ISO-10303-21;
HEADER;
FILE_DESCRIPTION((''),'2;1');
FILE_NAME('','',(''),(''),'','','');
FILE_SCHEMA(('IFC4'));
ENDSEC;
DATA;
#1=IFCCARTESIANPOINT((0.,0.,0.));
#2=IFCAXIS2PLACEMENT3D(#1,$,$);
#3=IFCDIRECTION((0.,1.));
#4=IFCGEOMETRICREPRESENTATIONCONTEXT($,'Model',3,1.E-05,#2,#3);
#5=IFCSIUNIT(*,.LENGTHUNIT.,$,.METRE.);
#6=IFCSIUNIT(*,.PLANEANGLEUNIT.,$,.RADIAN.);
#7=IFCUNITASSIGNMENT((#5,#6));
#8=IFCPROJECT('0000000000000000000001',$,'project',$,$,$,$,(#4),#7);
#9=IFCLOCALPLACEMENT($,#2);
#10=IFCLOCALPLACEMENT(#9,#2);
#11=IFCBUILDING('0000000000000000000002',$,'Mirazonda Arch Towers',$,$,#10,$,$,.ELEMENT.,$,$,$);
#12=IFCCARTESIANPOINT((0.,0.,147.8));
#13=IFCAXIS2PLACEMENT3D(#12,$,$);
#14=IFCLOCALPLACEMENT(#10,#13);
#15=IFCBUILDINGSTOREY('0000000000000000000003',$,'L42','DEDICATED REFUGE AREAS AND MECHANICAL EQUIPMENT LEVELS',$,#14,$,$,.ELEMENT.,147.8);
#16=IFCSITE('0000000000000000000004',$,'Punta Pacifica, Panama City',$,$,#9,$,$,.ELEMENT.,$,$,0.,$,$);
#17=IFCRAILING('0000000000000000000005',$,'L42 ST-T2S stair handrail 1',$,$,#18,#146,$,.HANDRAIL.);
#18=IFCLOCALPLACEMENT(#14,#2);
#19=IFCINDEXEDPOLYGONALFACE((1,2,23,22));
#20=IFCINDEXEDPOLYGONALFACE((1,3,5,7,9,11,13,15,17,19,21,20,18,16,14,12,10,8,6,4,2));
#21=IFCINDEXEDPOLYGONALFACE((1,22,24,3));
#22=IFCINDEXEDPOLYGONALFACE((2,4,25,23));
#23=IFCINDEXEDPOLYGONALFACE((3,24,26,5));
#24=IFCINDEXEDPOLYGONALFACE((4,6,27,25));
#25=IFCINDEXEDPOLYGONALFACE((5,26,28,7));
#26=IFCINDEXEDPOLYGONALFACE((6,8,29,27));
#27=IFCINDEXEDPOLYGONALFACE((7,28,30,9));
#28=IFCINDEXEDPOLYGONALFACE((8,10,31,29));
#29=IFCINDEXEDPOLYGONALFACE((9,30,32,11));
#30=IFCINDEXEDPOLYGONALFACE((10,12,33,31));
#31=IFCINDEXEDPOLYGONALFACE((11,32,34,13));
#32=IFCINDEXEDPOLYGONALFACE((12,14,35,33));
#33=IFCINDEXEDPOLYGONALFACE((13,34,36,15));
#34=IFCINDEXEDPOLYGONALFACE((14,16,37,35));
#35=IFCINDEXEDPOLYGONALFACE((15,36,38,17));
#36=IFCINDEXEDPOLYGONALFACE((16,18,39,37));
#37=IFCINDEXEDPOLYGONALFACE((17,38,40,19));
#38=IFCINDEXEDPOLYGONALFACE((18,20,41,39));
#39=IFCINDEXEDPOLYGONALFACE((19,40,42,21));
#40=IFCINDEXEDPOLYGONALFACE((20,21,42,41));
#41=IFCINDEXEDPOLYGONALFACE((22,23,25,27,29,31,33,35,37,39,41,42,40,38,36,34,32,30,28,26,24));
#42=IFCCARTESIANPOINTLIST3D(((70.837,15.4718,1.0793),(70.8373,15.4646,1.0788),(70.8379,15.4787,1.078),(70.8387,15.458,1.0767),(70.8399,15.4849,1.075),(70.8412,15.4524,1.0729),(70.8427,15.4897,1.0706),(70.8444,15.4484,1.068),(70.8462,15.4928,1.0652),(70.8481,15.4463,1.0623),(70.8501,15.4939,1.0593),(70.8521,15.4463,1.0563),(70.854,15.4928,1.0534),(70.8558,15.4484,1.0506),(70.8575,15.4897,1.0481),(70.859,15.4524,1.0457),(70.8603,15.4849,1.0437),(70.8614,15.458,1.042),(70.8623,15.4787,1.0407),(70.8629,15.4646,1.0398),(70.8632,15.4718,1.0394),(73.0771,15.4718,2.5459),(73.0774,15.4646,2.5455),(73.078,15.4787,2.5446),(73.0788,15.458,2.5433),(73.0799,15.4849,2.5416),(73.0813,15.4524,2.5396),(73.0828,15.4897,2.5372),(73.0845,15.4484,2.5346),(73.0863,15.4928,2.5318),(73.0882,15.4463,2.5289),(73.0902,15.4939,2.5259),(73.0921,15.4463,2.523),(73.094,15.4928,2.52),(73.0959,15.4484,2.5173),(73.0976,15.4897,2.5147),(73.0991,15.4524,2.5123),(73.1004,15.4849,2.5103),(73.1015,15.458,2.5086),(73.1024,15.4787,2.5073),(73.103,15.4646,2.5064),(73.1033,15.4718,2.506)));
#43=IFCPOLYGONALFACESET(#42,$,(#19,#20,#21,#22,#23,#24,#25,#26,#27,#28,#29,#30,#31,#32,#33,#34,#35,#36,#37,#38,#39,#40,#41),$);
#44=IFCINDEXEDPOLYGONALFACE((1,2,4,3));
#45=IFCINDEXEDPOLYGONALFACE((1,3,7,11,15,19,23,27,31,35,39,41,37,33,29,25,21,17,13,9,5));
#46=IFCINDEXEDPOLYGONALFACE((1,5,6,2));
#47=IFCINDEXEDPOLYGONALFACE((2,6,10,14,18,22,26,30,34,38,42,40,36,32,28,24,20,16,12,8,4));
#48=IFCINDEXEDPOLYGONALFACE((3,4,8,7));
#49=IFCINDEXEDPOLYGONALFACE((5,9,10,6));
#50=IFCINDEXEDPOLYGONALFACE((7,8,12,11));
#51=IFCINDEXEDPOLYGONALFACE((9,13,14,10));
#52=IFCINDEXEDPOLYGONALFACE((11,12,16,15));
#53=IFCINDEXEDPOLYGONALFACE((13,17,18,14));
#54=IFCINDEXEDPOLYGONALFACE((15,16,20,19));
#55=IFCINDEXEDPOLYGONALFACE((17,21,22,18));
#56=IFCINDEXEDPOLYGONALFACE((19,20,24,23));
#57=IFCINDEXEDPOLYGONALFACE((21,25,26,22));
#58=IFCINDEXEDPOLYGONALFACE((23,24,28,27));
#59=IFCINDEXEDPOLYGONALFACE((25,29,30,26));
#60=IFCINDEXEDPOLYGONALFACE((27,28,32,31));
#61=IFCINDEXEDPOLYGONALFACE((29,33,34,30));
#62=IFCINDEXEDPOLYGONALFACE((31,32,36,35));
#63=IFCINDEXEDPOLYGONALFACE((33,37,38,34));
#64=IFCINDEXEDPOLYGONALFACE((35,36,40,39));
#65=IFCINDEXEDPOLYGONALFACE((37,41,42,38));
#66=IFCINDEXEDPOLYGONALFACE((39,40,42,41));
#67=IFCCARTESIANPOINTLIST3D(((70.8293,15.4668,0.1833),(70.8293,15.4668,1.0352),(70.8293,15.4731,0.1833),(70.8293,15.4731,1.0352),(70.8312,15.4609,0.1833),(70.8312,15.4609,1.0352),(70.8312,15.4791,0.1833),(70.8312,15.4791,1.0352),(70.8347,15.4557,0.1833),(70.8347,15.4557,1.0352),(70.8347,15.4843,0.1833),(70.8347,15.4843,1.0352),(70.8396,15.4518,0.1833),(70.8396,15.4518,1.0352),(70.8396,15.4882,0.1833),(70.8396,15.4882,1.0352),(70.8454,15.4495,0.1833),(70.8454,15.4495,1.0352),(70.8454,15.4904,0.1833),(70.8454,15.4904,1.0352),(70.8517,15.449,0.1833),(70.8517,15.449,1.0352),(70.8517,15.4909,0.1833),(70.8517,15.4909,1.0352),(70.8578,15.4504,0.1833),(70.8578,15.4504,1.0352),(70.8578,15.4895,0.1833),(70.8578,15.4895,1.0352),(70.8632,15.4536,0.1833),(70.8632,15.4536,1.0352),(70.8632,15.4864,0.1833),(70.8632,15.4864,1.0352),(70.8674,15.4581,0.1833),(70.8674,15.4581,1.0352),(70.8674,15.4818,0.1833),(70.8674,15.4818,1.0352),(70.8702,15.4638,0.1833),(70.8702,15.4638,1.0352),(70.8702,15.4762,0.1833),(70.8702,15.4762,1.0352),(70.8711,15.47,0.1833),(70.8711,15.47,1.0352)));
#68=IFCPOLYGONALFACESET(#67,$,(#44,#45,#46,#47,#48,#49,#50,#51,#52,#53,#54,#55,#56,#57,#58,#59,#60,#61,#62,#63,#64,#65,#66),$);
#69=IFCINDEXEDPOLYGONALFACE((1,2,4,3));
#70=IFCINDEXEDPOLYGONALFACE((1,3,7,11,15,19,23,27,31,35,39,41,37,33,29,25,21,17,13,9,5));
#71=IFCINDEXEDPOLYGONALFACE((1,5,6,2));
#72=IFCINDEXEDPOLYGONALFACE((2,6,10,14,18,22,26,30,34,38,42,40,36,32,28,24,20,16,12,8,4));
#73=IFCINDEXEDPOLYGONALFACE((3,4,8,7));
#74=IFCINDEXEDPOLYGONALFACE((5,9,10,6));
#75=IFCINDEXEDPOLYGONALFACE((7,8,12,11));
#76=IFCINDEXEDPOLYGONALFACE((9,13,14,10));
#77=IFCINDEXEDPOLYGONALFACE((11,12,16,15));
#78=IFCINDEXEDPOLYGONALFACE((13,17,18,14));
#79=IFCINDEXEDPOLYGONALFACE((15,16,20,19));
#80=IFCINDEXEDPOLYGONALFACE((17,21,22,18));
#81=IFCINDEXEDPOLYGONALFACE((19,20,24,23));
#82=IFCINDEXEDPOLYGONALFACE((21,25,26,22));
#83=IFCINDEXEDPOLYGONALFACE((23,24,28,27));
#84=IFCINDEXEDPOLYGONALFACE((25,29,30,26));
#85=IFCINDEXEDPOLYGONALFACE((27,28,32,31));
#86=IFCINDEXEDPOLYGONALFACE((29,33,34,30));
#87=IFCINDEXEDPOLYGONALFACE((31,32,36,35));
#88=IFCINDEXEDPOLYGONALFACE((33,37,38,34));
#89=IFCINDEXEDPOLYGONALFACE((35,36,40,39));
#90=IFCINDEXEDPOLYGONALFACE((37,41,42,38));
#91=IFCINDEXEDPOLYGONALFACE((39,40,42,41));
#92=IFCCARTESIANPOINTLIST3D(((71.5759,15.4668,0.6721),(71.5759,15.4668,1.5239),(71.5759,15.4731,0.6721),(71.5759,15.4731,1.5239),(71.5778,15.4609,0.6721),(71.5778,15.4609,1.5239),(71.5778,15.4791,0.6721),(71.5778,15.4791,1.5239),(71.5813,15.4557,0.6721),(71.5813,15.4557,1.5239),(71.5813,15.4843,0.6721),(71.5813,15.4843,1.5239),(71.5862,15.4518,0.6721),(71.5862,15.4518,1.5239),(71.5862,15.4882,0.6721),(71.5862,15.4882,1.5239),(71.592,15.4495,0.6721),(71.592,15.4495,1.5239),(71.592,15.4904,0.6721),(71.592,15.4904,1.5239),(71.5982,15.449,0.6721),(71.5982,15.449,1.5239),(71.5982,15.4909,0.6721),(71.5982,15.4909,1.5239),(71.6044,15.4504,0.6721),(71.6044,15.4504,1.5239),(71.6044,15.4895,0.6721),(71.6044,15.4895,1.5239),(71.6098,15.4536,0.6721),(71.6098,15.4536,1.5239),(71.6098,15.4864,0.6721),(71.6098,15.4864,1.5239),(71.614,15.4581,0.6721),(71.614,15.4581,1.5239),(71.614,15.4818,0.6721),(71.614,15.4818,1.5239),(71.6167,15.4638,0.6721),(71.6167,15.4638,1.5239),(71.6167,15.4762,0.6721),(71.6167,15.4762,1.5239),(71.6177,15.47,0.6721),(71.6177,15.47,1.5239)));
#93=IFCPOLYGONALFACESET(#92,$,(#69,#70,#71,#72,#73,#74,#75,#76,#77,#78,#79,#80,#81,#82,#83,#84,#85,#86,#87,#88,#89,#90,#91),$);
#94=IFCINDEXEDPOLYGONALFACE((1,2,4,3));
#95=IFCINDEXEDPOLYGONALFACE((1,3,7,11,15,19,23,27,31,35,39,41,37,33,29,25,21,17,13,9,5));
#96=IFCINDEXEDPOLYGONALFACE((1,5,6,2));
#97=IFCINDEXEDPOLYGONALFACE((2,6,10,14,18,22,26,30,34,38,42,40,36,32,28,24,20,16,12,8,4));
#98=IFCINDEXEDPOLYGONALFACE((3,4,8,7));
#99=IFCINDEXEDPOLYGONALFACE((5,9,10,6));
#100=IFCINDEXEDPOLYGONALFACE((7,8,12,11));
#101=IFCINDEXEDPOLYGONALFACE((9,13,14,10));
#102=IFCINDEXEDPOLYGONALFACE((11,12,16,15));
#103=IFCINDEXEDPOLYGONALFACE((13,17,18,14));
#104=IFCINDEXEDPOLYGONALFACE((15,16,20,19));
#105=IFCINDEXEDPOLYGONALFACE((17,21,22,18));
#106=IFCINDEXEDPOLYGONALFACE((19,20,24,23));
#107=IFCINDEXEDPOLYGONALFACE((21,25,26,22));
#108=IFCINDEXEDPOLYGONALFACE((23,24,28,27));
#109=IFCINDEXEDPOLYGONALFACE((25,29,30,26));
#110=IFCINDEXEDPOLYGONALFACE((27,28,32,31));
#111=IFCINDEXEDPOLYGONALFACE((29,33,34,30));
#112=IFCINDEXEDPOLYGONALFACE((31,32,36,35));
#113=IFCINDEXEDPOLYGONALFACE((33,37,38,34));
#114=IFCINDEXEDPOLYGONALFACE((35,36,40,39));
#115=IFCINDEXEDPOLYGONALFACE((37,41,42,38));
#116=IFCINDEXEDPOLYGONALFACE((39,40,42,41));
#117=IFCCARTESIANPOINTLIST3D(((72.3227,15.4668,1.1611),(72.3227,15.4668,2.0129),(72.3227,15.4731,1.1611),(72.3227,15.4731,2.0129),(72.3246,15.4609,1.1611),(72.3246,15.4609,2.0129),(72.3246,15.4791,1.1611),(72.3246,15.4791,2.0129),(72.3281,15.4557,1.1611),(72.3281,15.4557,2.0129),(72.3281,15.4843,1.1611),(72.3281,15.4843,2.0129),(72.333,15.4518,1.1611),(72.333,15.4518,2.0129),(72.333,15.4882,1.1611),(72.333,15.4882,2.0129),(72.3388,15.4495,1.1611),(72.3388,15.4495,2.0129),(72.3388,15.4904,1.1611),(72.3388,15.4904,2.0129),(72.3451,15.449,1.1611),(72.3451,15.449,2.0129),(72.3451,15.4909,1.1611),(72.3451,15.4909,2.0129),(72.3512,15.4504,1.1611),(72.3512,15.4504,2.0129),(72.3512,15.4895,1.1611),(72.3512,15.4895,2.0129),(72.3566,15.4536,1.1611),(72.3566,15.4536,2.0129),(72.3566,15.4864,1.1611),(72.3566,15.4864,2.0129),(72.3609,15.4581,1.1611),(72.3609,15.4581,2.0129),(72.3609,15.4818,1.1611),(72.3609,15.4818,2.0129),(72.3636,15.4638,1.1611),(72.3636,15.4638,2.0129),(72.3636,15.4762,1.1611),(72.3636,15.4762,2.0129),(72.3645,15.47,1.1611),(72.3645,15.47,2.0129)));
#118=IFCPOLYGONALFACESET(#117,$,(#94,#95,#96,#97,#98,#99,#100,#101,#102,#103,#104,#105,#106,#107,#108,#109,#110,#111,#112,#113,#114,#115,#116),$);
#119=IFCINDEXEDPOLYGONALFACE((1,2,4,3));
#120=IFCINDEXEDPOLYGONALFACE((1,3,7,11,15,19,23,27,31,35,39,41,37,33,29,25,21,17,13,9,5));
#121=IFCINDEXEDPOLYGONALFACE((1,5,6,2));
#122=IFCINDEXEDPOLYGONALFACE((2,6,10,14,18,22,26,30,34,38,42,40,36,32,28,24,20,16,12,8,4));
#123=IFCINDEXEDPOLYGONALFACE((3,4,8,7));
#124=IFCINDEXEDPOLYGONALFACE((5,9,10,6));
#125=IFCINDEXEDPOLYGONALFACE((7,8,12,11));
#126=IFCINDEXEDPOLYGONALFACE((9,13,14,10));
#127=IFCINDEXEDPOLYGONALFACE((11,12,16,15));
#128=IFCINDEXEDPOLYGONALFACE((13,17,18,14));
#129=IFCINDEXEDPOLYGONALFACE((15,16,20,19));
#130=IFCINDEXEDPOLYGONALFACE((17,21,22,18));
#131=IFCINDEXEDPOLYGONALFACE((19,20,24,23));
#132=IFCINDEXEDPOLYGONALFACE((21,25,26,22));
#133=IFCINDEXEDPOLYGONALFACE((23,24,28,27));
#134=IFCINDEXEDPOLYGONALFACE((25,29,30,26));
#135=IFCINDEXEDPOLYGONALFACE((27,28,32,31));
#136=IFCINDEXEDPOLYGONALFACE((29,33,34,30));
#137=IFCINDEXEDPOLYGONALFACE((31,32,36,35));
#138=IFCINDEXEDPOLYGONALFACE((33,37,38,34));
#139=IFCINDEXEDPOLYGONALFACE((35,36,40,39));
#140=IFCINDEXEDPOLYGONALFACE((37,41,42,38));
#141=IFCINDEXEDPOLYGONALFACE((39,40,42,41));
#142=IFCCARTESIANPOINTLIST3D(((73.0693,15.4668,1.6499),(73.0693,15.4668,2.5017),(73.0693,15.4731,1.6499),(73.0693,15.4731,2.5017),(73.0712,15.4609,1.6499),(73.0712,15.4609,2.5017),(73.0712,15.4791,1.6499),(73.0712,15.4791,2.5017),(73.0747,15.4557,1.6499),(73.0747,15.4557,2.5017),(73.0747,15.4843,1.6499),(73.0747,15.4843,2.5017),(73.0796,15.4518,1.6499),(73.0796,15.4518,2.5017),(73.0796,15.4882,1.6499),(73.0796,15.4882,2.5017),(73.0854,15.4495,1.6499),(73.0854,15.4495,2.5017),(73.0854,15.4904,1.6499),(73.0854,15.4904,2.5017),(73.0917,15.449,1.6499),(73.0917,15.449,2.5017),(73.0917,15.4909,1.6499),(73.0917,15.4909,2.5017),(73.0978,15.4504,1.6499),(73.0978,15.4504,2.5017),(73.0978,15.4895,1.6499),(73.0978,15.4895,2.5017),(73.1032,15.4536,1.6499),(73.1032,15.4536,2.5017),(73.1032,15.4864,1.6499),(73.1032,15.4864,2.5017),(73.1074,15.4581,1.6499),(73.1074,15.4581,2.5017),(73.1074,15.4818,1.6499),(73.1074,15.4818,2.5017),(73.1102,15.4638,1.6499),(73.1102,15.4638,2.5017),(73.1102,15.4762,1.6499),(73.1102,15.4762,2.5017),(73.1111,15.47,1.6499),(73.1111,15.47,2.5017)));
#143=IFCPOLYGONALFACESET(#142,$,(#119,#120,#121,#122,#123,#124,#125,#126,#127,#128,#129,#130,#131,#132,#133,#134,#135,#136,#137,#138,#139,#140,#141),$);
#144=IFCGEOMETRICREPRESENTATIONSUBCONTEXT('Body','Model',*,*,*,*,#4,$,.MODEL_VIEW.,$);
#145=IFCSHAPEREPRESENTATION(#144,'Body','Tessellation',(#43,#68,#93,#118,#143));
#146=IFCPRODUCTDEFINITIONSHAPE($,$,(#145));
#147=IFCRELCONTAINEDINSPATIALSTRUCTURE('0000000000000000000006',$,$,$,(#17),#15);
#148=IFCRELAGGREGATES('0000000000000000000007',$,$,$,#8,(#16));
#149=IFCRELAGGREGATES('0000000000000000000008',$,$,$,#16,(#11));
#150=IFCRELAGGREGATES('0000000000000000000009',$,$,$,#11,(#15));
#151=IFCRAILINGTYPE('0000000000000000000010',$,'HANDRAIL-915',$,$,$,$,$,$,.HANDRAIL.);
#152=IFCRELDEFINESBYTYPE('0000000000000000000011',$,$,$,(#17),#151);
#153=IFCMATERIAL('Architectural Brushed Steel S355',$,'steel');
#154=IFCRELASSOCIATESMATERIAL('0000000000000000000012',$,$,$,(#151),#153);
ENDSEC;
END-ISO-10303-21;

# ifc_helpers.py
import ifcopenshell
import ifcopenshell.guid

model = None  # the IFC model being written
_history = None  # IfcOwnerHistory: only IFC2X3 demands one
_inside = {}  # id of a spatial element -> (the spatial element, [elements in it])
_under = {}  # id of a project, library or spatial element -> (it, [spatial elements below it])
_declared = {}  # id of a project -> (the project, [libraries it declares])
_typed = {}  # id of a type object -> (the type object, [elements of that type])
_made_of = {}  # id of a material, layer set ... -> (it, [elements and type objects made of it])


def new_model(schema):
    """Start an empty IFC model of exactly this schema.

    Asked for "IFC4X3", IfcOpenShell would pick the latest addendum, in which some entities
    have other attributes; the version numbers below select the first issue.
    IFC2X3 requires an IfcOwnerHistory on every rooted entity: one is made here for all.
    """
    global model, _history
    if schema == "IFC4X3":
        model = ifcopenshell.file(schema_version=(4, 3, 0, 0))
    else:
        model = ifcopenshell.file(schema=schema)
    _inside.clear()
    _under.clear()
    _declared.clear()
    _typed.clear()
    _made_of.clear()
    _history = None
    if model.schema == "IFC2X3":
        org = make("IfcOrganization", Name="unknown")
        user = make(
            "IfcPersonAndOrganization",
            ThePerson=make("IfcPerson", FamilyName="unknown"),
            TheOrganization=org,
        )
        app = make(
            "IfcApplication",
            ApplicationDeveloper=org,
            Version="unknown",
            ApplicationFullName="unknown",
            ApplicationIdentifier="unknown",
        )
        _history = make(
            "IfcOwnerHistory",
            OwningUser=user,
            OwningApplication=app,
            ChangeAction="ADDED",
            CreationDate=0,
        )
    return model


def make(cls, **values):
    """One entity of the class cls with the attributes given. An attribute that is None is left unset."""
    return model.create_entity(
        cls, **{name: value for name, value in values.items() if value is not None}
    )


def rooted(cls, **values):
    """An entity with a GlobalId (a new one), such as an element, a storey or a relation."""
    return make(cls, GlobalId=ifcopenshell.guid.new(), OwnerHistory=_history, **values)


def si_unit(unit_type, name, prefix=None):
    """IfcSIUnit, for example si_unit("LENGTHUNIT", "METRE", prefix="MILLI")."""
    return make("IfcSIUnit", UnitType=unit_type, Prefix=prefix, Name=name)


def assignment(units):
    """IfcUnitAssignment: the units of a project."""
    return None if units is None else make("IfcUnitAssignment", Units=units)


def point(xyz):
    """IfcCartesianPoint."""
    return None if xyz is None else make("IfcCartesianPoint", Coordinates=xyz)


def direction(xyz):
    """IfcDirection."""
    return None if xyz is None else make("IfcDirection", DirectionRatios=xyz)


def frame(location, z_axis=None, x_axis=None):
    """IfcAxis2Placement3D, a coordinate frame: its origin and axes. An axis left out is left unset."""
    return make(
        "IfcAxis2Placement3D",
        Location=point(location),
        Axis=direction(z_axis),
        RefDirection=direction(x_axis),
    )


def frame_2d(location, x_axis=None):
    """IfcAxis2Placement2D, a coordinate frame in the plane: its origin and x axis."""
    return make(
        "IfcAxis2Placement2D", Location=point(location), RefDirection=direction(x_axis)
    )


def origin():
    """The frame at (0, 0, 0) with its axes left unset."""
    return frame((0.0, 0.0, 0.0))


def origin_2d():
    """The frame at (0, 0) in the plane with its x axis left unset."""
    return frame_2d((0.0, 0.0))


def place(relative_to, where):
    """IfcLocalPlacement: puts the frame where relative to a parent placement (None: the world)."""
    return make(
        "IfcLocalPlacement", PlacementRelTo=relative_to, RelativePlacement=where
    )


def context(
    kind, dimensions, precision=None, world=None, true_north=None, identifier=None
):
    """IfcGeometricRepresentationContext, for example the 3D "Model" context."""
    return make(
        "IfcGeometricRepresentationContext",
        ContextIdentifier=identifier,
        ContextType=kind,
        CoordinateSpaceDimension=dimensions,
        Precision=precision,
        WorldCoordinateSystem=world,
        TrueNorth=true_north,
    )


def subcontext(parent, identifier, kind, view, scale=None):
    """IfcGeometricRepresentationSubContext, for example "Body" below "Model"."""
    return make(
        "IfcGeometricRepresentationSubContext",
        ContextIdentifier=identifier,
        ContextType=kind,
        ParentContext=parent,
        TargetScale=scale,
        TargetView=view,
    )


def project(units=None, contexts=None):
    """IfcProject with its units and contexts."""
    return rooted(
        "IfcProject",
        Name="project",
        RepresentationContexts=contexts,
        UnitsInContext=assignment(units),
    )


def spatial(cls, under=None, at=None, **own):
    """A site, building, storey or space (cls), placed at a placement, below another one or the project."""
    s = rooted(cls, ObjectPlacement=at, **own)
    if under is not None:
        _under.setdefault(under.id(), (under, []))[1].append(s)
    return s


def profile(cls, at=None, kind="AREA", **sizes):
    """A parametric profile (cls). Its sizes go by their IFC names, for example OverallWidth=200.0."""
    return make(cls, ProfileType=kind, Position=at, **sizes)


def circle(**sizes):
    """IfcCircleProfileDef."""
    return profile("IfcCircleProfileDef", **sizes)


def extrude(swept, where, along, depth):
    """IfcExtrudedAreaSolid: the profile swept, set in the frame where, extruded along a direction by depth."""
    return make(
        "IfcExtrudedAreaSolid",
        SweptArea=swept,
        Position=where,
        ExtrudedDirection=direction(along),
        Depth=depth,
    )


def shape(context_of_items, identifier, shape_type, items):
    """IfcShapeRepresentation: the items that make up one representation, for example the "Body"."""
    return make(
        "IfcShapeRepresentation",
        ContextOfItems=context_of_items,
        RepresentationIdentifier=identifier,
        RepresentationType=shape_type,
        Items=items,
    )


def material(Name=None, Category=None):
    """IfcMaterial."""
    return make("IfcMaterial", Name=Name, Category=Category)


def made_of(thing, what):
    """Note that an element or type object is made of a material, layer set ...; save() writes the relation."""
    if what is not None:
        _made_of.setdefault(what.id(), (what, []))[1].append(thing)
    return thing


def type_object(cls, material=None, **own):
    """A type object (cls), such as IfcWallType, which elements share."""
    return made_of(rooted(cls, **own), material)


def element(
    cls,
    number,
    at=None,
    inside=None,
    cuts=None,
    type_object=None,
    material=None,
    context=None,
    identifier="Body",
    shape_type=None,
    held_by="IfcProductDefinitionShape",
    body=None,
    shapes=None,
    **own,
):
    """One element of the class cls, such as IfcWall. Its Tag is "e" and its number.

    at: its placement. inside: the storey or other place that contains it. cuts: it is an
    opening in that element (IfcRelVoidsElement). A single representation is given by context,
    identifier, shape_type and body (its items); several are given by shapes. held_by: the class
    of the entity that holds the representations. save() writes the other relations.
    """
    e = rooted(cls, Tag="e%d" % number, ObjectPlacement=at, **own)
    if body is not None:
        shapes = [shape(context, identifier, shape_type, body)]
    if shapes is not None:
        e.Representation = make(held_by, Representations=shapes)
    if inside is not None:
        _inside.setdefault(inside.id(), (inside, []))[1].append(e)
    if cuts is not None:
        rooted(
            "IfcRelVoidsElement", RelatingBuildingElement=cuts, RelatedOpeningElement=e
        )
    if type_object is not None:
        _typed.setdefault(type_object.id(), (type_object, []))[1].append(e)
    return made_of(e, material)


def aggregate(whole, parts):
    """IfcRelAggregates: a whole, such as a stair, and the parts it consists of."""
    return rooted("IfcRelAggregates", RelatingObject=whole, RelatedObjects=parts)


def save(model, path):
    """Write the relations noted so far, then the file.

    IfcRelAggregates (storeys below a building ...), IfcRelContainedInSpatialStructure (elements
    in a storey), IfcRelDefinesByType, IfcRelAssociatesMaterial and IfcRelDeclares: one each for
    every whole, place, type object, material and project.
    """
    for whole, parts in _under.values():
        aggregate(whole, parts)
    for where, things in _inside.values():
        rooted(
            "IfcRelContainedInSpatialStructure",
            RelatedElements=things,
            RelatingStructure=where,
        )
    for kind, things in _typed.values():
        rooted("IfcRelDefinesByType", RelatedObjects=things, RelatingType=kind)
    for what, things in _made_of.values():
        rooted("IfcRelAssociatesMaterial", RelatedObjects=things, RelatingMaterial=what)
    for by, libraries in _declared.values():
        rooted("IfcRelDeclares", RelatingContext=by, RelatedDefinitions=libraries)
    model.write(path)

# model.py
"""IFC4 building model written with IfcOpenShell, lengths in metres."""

from ifc_helpers import new_model, si_unit, direction, frame, origin, origin_2d, place, context, subcontext, project, spatial, circle, extrude, material, type_object, element, save


model = new_model("IFC4")

# Units and contexts
model_context = context("Model", 3, precision=1e-05, world=origin(), true_north=direction((0.0, 1.0)))
body_context = subcontext(model_context, "Body", "Model", "MODEL_VIEW")
ifc_project = project(units=[si_unit("LENGTHUNIT", "METRE"), si_unit("PLANEANGLEUNIT", "RADIAN")], contexts=[model_context])

# Site, building, storey
site_placement = place(None, origin())
site = spatial("IfcSite", under=ifc_project, at=site_placement, Name="Punta Pacifica, Panama City", CompositionType="ELEMENT", RefElevation=0.0)
building_placement = place(site_placement, origin())
building = spatial("IfcBuilding", under=site, at=building_placement, Name="Mirazonda Arch Towers", CompositionType="ELEMENT")
storey_placement = place(building_placement, frame((0.0, 0.0, 147.8)))
storey = spatial("IfcBuildingStorey", under=building, at=storey_placement, Name="L42", Description="DEDICATED REFUGE AREAS AND MECHANICAL EQUIPMENT LEVELS", CompositionType="ELEMENT", Elevation=147.8)

# Shared definitions
ifc_material_1 = material(Name="Architectural Brushed Steel S355", Category="steel")

# Railing
railing_type_1 = type_object("IfcRailingType", Name="HANDRAIL-915", PredefinedType="HANDRAIL", material=ifc_material_1)
railing_1_placement = place(storey_placement, frame((70.8501, 15.47, 0.1833)))
element("IfcRailing", 1, at=railing_1_placement, inside=storey, type_object=railing_type_1, Name="L42 ST-T2S stair handrail 1", PredefinedType="HANDRAIL", context=body_context, shape_type="SweptSolid", body=[
    extrude(circle(Radius=0.0239, at=origin_2d()), frame((0.0, 0.0, 0.876), z_axis=(0.836637, 0.0, 0.547758), x_axis=(0.0, 1.0, 0.0)), (0.0, 0.0, 1.0), 2.6775),
    extrude(circle(Radius=0.021, at=origin_2d()), origin(), (0.0, 0.0, 1.0), 0.8518),
    extrude(circle(Radius=0.021, at=origin_2d()), frame((0.7466, 0.0, 0.4888)), (0.0, 0.0, 1.0), 0.8518),
    extrude(circle(Radius=0.021, at=origin_2d()), frame((1.4934, 0.0, 0.9778)), (0.0, 0.0, 1.0), 0.8518),
    extrude(circle(Radius=0.021, at=origin_2d()), frame((2.24, 0.0, 1.4666)), (0.0, 0.0, 1.0), 0.8518),
])

save(model, "model.ifc")
